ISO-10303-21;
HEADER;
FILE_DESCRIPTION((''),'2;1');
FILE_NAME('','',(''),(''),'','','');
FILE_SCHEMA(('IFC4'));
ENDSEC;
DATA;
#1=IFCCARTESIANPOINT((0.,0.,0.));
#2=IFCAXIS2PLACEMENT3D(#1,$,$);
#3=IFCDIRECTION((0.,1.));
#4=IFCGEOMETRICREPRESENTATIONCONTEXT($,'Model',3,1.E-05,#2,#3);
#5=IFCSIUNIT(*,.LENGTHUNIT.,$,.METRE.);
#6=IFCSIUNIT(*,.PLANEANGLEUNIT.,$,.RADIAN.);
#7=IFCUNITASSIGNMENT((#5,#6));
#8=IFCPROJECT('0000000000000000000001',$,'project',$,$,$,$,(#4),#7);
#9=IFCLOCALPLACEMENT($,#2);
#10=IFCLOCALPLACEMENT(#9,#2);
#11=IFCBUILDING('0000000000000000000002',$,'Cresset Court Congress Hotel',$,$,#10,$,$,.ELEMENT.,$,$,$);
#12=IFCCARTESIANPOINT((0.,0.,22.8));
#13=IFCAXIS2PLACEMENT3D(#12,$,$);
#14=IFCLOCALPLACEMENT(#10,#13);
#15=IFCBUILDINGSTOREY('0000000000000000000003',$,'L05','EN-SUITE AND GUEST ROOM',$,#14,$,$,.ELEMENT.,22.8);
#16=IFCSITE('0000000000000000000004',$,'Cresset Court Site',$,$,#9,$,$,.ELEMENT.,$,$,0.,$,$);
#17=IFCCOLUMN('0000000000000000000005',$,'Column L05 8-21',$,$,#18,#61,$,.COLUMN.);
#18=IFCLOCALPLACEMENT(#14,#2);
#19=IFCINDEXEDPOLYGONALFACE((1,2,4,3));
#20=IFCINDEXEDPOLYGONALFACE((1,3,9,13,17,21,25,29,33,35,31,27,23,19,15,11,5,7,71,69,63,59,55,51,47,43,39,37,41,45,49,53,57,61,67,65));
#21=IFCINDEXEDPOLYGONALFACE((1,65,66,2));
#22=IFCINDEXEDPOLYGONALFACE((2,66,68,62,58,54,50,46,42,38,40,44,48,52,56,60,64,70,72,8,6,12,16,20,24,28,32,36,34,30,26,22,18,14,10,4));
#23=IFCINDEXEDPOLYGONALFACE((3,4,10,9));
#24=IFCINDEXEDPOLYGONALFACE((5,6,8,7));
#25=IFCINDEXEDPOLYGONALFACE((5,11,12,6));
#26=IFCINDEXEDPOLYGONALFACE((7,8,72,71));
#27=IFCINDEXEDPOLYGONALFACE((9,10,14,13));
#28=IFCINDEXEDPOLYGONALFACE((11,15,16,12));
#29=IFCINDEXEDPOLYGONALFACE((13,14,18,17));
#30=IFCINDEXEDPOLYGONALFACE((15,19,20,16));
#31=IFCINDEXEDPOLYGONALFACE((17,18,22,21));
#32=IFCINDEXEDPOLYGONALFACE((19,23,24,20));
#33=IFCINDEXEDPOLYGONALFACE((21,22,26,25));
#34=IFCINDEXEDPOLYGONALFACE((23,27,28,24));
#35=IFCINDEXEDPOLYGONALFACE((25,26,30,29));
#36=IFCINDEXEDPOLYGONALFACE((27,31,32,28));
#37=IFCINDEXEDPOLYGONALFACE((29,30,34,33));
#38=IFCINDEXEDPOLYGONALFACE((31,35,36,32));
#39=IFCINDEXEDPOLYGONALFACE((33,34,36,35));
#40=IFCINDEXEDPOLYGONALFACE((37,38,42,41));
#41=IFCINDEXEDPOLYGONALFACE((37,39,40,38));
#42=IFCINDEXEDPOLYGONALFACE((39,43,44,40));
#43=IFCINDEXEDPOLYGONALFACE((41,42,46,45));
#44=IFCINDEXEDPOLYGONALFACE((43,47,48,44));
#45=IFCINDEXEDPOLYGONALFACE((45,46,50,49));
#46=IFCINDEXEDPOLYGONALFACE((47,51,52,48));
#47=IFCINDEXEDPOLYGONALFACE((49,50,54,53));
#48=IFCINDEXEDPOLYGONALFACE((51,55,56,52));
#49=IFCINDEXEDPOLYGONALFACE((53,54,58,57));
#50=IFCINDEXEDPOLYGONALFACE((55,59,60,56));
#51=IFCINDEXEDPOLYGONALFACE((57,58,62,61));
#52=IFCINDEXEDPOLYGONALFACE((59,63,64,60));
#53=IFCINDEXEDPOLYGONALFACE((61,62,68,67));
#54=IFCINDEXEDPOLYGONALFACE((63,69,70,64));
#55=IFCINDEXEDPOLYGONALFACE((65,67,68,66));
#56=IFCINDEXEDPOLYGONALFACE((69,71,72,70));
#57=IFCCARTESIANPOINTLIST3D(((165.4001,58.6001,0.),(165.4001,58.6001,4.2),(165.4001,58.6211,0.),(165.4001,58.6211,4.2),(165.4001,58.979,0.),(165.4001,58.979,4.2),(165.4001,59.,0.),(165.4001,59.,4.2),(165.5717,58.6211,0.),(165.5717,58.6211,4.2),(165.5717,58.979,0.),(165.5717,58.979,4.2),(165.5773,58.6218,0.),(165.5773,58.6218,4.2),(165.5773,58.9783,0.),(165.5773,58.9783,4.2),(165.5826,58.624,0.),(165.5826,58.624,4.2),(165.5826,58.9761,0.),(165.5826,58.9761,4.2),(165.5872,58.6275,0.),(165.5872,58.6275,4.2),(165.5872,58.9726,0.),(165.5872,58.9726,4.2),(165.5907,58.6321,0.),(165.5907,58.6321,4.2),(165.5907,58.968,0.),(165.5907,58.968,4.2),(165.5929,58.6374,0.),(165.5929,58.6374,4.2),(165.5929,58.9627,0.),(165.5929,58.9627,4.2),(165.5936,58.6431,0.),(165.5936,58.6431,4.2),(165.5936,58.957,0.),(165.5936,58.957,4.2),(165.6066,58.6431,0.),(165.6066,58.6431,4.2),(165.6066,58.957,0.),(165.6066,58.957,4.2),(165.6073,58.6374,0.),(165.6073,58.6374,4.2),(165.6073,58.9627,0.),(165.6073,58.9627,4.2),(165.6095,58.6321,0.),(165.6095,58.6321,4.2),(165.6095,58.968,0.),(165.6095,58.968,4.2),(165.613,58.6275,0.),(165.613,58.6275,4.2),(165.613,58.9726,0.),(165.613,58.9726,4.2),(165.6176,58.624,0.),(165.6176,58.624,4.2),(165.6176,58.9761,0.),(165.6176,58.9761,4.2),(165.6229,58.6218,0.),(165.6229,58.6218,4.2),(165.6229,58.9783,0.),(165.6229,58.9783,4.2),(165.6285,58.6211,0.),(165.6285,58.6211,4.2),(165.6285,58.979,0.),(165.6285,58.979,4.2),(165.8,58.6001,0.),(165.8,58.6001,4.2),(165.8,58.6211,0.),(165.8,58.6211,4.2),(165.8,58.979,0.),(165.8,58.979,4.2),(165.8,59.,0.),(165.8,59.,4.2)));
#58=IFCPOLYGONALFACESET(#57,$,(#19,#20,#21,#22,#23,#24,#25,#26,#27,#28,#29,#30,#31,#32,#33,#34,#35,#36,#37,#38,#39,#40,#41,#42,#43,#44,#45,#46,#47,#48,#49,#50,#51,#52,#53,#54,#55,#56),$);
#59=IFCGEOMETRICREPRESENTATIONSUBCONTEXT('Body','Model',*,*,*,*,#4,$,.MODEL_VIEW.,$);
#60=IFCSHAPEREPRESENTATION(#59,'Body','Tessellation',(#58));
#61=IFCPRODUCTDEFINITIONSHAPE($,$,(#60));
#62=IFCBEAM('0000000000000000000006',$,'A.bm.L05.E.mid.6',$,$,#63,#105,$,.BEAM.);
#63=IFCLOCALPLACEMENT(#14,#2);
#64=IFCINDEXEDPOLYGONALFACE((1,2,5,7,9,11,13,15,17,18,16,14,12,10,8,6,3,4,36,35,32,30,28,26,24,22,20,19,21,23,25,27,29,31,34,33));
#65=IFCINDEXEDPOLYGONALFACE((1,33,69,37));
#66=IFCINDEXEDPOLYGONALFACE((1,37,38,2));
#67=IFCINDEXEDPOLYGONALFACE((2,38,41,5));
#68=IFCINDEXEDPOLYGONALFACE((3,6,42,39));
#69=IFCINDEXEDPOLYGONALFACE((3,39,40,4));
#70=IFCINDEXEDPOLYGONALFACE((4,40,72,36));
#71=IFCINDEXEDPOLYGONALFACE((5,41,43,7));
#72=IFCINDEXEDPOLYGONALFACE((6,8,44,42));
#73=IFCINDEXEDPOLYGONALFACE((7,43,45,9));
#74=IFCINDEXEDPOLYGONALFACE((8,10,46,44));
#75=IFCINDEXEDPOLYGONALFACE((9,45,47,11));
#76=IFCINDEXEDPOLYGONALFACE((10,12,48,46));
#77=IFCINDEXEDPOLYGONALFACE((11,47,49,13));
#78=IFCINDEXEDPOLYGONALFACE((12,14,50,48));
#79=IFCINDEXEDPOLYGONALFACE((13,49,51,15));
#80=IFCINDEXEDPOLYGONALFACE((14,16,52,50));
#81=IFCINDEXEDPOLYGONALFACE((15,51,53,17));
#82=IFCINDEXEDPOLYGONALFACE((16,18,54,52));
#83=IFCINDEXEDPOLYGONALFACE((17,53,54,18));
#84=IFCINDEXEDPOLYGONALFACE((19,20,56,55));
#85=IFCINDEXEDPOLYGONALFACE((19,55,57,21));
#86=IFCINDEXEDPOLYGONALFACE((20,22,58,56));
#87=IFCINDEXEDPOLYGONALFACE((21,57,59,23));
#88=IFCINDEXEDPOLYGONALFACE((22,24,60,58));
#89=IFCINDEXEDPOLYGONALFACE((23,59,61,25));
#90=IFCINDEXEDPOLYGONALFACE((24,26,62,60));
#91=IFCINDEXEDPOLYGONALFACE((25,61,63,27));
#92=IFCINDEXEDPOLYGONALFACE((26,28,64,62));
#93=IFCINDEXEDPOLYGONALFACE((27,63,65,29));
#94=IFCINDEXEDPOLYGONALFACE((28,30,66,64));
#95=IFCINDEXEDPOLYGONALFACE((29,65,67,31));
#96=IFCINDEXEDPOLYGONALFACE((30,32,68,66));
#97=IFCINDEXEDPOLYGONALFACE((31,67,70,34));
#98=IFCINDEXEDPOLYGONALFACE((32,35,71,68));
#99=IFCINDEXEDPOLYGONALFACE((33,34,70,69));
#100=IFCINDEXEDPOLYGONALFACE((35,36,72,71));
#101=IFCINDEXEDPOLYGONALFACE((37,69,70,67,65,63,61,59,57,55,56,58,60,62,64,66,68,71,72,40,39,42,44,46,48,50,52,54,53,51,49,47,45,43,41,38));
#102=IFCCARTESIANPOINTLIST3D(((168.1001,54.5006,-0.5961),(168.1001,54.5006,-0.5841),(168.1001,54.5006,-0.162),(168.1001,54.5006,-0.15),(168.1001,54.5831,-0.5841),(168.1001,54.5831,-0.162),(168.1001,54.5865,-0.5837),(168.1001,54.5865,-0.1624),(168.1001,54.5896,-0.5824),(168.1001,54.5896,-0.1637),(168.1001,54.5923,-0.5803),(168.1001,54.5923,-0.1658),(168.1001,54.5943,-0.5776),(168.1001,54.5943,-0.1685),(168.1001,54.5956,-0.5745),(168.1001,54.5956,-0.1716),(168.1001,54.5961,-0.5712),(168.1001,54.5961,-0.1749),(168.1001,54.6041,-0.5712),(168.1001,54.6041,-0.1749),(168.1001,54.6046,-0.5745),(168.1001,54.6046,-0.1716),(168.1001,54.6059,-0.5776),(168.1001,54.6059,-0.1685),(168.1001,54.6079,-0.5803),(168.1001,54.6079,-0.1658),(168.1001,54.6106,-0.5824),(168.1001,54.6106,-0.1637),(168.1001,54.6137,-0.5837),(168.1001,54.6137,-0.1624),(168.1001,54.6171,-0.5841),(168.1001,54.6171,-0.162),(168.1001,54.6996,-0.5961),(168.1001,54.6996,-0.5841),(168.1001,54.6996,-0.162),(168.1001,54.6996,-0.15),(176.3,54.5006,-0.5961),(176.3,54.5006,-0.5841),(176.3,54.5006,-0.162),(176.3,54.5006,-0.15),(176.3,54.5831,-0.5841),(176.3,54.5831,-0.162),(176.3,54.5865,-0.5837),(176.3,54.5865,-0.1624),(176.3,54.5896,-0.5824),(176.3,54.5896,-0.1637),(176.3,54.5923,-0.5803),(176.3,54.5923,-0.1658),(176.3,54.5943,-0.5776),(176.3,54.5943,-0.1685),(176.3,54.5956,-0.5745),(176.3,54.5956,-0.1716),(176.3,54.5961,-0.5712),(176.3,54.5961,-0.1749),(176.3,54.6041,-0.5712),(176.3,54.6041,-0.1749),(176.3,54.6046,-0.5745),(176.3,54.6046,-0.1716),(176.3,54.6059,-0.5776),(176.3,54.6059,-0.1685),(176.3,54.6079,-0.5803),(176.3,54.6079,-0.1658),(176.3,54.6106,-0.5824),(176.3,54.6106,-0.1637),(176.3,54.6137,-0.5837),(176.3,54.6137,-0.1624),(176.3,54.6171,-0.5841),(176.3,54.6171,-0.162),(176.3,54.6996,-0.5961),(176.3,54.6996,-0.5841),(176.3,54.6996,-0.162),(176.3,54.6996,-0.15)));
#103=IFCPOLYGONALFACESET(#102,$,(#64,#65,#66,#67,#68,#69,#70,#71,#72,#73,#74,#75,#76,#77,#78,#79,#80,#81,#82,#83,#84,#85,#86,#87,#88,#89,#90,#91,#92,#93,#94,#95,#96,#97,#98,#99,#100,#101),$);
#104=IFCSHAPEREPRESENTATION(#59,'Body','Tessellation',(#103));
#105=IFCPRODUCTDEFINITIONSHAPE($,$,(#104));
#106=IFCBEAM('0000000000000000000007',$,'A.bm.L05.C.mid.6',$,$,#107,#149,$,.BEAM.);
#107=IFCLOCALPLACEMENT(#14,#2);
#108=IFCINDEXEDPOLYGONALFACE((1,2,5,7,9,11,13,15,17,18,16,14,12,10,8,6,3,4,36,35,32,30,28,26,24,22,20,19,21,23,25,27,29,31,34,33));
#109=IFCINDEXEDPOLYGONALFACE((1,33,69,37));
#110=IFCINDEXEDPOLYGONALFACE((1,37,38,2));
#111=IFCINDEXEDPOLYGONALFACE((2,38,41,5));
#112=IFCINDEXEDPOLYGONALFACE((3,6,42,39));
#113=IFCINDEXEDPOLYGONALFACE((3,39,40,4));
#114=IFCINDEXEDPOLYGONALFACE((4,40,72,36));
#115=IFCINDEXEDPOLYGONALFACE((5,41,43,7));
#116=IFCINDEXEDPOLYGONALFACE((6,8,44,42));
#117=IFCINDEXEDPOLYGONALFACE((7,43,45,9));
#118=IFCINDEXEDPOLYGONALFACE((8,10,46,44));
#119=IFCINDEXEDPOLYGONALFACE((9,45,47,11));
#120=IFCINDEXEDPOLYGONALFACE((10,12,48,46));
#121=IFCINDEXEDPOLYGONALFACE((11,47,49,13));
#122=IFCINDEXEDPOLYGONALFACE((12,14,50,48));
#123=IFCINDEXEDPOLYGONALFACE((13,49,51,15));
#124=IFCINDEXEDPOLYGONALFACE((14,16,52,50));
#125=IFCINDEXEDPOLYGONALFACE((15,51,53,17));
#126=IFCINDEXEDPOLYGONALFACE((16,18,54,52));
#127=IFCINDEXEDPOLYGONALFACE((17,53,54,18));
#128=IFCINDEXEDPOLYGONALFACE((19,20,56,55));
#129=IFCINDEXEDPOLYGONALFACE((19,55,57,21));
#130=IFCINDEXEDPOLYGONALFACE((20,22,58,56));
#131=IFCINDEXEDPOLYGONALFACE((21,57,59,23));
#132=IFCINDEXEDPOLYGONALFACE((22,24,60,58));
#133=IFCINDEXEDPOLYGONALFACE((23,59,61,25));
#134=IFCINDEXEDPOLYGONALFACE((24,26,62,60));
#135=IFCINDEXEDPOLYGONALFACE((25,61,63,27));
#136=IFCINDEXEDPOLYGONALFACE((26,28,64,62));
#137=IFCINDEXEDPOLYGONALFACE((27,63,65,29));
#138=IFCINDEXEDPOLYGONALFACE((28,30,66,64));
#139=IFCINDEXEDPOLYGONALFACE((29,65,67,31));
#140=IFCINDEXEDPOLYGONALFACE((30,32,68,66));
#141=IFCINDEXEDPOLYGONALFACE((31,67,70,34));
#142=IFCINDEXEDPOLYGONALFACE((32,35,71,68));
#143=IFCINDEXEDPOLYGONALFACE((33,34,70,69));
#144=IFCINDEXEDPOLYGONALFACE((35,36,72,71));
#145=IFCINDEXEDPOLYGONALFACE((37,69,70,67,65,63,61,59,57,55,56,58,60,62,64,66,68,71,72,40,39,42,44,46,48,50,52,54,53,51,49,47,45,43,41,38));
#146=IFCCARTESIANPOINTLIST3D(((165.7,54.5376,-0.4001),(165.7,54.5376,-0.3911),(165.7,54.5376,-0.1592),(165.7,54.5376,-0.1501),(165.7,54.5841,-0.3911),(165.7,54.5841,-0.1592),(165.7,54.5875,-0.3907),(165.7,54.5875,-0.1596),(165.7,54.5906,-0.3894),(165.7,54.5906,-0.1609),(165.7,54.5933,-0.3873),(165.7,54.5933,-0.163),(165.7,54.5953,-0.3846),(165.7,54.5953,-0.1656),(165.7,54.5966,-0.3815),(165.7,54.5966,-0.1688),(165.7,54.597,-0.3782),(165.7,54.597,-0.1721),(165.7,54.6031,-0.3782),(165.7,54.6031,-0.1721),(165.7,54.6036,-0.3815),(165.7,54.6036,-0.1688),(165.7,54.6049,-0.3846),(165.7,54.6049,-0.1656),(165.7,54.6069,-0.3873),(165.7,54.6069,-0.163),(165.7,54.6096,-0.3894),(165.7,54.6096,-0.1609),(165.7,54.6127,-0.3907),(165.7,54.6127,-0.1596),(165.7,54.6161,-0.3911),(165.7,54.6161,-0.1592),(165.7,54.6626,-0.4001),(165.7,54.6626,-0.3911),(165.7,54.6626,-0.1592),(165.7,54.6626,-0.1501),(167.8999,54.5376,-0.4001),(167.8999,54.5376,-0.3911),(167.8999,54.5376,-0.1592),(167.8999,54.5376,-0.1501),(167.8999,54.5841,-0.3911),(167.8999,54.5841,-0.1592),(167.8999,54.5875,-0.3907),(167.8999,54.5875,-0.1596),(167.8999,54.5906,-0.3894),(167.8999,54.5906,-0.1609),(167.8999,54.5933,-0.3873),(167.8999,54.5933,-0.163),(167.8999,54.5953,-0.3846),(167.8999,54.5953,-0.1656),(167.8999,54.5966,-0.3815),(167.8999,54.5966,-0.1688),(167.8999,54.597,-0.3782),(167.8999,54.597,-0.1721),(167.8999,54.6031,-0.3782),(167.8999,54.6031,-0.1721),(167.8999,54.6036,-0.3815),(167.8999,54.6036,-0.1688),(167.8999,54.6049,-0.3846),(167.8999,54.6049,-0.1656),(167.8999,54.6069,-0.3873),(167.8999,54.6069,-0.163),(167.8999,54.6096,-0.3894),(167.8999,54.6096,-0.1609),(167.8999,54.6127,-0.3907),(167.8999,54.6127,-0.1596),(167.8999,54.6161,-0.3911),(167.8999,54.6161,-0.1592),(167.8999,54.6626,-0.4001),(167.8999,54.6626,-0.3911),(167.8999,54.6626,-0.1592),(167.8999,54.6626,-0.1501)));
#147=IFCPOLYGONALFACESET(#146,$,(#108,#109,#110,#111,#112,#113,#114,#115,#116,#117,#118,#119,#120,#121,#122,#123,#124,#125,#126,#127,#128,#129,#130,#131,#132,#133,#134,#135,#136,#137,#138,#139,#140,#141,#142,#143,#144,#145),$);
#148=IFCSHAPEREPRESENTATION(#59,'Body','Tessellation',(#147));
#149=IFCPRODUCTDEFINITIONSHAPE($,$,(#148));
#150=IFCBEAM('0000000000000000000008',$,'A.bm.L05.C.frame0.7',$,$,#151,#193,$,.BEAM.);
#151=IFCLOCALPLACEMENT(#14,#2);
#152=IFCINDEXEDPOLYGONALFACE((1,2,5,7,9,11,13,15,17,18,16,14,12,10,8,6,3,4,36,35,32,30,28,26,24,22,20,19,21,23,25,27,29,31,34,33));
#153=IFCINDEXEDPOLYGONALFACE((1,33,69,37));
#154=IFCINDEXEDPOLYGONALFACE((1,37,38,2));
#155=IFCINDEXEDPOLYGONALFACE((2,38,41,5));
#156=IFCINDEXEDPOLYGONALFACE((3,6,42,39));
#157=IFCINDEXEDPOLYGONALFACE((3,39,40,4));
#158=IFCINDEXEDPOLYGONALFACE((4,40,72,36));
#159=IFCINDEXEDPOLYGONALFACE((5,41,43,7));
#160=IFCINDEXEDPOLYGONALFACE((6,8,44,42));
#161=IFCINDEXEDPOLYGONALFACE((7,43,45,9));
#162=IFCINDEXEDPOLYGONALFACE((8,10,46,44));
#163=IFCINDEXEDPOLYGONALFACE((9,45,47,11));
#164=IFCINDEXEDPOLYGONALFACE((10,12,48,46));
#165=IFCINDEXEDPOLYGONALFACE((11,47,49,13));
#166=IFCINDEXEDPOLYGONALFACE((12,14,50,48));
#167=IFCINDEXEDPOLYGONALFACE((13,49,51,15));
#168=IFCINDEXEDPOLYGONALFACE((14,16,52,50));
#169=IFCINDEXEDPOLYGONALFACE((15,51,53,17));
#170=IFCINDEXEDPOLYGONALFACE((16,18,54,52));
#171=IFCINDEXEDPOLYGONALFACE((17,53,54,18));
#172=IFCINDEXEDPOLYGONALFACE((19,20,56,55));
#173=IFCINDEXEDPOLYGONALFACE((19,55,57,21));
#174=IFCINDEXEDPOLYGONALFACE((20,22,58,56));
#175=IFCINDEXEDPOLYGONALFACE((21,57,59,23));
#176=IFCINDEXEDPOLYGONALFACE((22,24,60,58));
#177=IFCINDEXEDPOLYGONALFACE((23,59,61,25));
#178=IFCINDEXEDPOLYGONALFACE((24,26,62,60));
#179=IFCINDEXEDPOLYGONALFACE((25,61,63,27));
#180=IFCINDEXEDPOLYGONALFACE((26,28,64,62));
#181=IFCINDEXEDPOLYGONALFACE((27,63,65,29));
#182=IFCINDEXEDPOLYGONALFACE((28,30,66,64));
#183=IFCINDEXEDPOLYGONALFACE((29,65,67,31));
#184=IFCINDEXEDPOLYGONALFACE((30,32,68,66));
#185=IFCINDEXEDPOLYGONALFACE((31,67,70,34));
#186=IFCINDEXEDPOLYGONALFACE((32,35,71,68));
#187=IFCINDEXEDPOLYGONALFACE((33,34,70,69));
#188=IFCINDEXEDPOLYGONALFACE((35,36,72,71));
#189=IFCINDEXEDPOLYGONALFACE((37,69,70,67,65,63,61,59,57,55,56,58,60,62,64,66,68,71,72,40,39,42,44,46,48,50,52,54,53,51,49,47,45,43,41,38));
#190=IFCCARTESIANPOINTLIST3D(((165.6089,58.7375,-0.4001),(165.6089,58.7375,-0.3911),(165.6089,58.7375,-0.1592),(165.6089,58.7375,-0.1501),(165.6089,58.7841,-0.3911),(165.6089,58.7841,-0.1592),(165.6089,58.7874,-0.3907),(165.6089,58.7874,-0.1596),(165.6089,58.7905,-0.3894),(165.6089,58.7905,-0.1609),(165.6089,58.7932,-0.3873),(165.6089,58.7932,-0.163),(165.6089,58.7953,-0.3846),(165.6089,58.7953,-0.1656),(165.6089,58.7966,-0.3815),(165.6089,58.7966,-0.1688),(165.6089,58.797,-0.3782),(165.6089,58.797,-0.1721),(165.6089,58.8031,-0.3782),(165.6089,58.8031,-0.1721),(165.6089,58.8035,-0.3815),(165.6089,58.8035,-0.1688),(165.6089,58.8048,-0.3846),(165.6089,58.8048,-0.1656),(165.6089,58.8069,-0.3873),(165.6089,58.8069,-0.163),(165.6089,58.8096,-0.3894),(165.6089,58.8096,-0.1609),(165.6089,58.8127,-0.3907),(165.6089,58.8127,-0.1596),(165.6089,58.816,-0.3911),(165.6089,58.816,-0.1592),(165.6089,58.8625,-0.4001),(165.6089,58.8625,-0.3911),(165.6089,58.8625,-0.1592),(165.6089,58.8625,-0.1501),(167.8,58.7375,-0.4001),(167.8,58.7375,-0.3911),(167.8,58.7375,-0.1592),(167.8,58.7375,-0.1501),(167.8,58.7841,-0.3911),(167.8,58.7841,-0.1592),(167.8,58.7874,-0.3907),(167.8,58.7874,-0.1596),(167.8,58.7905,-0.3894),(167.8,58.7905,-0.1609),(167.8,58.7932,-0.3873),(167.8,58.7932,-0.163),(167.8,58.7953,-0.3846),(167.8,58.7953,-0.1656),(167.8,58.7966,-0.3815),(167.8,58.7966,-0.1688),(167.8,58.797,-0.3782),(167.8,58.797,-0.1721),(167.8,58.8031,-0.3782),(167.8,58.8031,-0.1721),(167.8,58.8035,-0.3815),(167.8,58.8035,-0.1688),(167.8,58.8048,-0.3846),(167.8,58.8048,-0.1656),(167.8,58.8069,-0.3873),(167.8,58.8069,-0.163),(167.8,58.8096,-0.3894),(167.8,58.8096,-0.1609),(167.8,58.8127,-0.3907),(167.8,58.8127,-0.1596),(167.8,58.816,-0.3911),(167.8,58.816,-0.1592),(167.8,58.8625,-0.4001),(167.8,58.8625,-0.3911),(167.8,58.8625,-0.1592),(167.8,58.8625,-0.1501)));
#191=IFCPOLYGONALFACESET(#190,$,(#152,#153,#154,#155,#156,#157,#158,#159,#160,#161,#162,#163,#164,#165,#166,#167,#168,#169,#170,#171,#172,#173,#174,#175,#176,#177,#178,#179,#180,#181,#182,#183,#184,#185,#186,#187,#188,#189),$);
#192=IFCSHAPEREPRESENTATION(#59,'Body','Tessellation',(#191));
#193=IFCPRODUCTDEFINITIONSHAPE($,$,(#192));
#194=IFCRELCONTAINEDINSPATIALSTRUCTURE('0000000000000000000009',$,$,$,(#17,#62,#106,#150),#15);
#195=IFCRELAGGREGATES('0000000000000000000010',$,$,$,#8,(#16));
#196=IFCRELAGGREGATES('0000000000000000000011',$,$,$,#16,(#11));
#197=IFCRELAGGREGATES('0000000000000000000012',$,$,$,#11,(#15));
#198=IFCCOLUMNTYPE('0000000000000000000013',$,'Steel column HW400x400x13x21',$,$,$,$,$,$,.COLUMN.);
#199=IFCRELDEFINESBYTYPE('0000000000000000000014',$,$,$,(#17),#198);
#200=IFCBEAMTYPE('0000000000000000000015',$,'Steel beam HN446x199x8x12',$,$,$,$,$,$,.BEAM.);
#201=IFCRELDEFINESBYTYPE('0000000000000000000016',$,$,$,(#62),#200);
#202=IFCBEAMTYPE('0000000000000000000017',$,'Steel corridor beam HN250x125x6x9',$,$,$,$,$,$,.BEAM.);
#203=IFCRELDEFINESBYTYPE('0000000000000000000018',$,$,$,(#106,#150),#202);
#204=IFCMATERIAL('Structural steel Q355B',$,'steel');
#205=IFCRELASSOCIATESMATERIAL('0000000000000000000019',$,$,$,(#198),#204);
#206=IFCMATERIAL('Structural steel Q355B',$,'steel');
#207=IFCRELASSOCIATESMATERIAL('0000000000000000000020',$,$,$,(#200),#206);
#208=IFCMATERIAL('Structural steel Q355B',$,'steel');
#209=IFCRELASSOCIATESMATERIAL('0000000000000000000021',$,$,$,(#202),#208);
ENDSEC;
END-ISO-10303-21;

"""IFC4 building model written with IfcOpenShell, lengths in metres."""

from ifc_helpers import new_model, si_unit, direction, frame, origin, origin_2d, place, context, subcontext, project, spatial, i_section, extrude, material, material_profile, profile_set, type_object, element, save


model = new_model("IFC4")

# Units and contexts
model_context = context("Model", 3, precision=1e-05, world=origin(), true_north=direction((0.0, 1.0)))
body_context = subcontext(model_context, "Body", "Model", "MODEL_VIEW")
ifc_project = project(units=[si_unit("LENGTHUNIT", "METRE"), si_unit("PLANEANGLEUNIT", "RADIAN")], contexts=[model_context])

# Site, building, storey
site_placement = place(None, origin())
site = spatial("IfcSite", under=ifc_project, at=site_placement, Name="Cresset Court Site", CompositionType="ELEMENT", RefElevation=0.0)
building_placement = place(site_placement, origin())
building = spatial("IfcBuilding", under=site, at=building_placement, Name="Cresset Court Congress Hotel", CompositionType="ELEMENT")
storey_placement = place(building_placement, frame((0.0, 0.0, 22.8)))
storey = spatial("IfcBuildingStorey", under=building, at=storey_placement, Name="L05", Description="EN-SUITE AND GUEST ROOM", CompositionType="ELEMENT", Elevation=22.8)

# Column
ifc_material_1 = material(Name="Structural steel Q355B", Category="steel")
ifc_material_profile_1 = material_profile(ifc_material_1, i_section(OverallWidth=0.3999, OverallDepth=0.3999, WebThickness=0.0129, FlangeThickness=0.021, FilletRadius=0.022, at=origin_2d()), Name="HW400x400x13x21")
ifc_profile_set_1 = profile_set([ifc_material_profile_1], Name="Structural steel Q355B")
column_type = type_object("IfcColumnType", Name="Steel column HW400x400x13x21", PredefinedType="COLUMN", material=ifc_profile_set_1)
column_placement = place(storey_placement, frame((165.6001, 58.8, 0.0), z_axis=(0.0, 0.0, 1.0), x_axis=(1.0, 0.0, 0.0)))
element("IfcColumn", 1, at=column_placement, inside=storey, type_object=column_type, Name="Column L05 8-21", PredefinedType="COLUMN", context=body_context, shape_type="SweptSolid", body=[
    extrude(i_section(OverallWidth=0.3999, OverallDepth=0.3999, WebThickness=0.0129, FlangeThickness=0.021, FilletRadius=0.022, at=origin_2d()), origin(), (0.0, 0.0, 1.0), 4.2),
])

# Beams
ifc_material_2 = material(Name="Structural steel Q355B", Category="steel")
ifc_material_profile_2 = material_profile(ifc_material_2, i_section(OverallWidth=0.199, OverallDepth=0.446, WebThickness=0.0081, FlangeThickness=0.012, FilletRadius=0.0129, at=origin_2d()), Name="HN446x199x8x12")
ifc_profile_set_2 = profile_set([ifc_material_profile_2], Name="Structural steel Q355B")
beam_type_1 = type_object("IfcBeamType", Name="Steel beam HN446x199x8x12", PredefinedType="BEAM", material=ifc_profile_set_2)
beam_1_placement = place(storey_placement, frame((168.1001, 54.6001, -0.373), z_axis=(1.0, 0.0, 0.0), x_axis=(0.0, 1.0, 0.0)))
element("IfcBeam", 2, at=beam_1_placement, inside=storey, type_object=beam_type_1, Name="A.bm.L05.E.mid.6", PredefinedType="BEAM", context=body_context, shape_type="SweptSolid", body=[
    extrude(i_section(OverallWidth=0.199, OverallDepth=0.446, WebThickness=0.0081, FlangeThickness=0.012, FilletRadius=0.0129, at=origin_2d()), origin(), (0.0, 0.0, 1.0), 8.2),
])
ifc_material_3 = material(Name="Structural steel Q355B", Category="steel")
ifc_material_profile_3 = material_profile(ifc_material_3, i_section(OverallWidth=0.125, OverallDepth=0.25, WebThickness=0.0061, FlangeThickness=0.009, FilletRadius=0.0129, at=origin_2d()), Name="HN250x125x6x9")
ifc_profile_set_3 = profile_set([ifc_material_profile_3], Name="Structural steel Q355B")
beam_type_2 = type_object("IfcBeamType", Name="Steel corridor beam HN250x125x6x9", PredefinedType="BEAM", material=ifc_profile_set_3)
beam_2_placement = place(storey_placement, frame((165.7, 54.6001, -0.2751), z_axis=(1.0, 0.0, 0.0), x_axis=(0.0, 1.0, 0.0)))
element("IfcBeam", 3, at=beam_2_placement, inside=storey, type_object=beam_type_2, Name="A.bm.L05.C.mid.6", PredefinedType="BEAM", context=body_context, shape_type="SweptSolid", body=[
    extrude(i_section(OverallWidth=0.125, OverallDepth=0.25, WebThickness=0.0061, FlangeThickness=0.009, FilletRadius=0.0129, at=origin_2d()), origin(), (0.0, 0.0, 1.0), 2.2),
])
beam_3_placement = place(storey_placement, frame((165.6089, 58.8, -0.2751), z_axis=(1.0, 0.0, 0.0), x_axis=(0.0, 1.0, 0.0)))
element("IfcBeam", 4, at=beam_3_placement, inside=storey, type_object=beam_type_2, Name="A.bm.L05.C.frame0.7", PredefinedType="BEAM", context=body_context, shape_type="SweptSolid", body=[
    extrude(i_section(OverallWidth=0.125, OverallDepth=0.25, WebThickness=0.0061, FlangeThickness=0.009, FilletRadius=0.0129, at=origin_2d()), origin(), (0.0, 0.0, 1.0), 2.1912),
])

save(model, "model.ifc")
